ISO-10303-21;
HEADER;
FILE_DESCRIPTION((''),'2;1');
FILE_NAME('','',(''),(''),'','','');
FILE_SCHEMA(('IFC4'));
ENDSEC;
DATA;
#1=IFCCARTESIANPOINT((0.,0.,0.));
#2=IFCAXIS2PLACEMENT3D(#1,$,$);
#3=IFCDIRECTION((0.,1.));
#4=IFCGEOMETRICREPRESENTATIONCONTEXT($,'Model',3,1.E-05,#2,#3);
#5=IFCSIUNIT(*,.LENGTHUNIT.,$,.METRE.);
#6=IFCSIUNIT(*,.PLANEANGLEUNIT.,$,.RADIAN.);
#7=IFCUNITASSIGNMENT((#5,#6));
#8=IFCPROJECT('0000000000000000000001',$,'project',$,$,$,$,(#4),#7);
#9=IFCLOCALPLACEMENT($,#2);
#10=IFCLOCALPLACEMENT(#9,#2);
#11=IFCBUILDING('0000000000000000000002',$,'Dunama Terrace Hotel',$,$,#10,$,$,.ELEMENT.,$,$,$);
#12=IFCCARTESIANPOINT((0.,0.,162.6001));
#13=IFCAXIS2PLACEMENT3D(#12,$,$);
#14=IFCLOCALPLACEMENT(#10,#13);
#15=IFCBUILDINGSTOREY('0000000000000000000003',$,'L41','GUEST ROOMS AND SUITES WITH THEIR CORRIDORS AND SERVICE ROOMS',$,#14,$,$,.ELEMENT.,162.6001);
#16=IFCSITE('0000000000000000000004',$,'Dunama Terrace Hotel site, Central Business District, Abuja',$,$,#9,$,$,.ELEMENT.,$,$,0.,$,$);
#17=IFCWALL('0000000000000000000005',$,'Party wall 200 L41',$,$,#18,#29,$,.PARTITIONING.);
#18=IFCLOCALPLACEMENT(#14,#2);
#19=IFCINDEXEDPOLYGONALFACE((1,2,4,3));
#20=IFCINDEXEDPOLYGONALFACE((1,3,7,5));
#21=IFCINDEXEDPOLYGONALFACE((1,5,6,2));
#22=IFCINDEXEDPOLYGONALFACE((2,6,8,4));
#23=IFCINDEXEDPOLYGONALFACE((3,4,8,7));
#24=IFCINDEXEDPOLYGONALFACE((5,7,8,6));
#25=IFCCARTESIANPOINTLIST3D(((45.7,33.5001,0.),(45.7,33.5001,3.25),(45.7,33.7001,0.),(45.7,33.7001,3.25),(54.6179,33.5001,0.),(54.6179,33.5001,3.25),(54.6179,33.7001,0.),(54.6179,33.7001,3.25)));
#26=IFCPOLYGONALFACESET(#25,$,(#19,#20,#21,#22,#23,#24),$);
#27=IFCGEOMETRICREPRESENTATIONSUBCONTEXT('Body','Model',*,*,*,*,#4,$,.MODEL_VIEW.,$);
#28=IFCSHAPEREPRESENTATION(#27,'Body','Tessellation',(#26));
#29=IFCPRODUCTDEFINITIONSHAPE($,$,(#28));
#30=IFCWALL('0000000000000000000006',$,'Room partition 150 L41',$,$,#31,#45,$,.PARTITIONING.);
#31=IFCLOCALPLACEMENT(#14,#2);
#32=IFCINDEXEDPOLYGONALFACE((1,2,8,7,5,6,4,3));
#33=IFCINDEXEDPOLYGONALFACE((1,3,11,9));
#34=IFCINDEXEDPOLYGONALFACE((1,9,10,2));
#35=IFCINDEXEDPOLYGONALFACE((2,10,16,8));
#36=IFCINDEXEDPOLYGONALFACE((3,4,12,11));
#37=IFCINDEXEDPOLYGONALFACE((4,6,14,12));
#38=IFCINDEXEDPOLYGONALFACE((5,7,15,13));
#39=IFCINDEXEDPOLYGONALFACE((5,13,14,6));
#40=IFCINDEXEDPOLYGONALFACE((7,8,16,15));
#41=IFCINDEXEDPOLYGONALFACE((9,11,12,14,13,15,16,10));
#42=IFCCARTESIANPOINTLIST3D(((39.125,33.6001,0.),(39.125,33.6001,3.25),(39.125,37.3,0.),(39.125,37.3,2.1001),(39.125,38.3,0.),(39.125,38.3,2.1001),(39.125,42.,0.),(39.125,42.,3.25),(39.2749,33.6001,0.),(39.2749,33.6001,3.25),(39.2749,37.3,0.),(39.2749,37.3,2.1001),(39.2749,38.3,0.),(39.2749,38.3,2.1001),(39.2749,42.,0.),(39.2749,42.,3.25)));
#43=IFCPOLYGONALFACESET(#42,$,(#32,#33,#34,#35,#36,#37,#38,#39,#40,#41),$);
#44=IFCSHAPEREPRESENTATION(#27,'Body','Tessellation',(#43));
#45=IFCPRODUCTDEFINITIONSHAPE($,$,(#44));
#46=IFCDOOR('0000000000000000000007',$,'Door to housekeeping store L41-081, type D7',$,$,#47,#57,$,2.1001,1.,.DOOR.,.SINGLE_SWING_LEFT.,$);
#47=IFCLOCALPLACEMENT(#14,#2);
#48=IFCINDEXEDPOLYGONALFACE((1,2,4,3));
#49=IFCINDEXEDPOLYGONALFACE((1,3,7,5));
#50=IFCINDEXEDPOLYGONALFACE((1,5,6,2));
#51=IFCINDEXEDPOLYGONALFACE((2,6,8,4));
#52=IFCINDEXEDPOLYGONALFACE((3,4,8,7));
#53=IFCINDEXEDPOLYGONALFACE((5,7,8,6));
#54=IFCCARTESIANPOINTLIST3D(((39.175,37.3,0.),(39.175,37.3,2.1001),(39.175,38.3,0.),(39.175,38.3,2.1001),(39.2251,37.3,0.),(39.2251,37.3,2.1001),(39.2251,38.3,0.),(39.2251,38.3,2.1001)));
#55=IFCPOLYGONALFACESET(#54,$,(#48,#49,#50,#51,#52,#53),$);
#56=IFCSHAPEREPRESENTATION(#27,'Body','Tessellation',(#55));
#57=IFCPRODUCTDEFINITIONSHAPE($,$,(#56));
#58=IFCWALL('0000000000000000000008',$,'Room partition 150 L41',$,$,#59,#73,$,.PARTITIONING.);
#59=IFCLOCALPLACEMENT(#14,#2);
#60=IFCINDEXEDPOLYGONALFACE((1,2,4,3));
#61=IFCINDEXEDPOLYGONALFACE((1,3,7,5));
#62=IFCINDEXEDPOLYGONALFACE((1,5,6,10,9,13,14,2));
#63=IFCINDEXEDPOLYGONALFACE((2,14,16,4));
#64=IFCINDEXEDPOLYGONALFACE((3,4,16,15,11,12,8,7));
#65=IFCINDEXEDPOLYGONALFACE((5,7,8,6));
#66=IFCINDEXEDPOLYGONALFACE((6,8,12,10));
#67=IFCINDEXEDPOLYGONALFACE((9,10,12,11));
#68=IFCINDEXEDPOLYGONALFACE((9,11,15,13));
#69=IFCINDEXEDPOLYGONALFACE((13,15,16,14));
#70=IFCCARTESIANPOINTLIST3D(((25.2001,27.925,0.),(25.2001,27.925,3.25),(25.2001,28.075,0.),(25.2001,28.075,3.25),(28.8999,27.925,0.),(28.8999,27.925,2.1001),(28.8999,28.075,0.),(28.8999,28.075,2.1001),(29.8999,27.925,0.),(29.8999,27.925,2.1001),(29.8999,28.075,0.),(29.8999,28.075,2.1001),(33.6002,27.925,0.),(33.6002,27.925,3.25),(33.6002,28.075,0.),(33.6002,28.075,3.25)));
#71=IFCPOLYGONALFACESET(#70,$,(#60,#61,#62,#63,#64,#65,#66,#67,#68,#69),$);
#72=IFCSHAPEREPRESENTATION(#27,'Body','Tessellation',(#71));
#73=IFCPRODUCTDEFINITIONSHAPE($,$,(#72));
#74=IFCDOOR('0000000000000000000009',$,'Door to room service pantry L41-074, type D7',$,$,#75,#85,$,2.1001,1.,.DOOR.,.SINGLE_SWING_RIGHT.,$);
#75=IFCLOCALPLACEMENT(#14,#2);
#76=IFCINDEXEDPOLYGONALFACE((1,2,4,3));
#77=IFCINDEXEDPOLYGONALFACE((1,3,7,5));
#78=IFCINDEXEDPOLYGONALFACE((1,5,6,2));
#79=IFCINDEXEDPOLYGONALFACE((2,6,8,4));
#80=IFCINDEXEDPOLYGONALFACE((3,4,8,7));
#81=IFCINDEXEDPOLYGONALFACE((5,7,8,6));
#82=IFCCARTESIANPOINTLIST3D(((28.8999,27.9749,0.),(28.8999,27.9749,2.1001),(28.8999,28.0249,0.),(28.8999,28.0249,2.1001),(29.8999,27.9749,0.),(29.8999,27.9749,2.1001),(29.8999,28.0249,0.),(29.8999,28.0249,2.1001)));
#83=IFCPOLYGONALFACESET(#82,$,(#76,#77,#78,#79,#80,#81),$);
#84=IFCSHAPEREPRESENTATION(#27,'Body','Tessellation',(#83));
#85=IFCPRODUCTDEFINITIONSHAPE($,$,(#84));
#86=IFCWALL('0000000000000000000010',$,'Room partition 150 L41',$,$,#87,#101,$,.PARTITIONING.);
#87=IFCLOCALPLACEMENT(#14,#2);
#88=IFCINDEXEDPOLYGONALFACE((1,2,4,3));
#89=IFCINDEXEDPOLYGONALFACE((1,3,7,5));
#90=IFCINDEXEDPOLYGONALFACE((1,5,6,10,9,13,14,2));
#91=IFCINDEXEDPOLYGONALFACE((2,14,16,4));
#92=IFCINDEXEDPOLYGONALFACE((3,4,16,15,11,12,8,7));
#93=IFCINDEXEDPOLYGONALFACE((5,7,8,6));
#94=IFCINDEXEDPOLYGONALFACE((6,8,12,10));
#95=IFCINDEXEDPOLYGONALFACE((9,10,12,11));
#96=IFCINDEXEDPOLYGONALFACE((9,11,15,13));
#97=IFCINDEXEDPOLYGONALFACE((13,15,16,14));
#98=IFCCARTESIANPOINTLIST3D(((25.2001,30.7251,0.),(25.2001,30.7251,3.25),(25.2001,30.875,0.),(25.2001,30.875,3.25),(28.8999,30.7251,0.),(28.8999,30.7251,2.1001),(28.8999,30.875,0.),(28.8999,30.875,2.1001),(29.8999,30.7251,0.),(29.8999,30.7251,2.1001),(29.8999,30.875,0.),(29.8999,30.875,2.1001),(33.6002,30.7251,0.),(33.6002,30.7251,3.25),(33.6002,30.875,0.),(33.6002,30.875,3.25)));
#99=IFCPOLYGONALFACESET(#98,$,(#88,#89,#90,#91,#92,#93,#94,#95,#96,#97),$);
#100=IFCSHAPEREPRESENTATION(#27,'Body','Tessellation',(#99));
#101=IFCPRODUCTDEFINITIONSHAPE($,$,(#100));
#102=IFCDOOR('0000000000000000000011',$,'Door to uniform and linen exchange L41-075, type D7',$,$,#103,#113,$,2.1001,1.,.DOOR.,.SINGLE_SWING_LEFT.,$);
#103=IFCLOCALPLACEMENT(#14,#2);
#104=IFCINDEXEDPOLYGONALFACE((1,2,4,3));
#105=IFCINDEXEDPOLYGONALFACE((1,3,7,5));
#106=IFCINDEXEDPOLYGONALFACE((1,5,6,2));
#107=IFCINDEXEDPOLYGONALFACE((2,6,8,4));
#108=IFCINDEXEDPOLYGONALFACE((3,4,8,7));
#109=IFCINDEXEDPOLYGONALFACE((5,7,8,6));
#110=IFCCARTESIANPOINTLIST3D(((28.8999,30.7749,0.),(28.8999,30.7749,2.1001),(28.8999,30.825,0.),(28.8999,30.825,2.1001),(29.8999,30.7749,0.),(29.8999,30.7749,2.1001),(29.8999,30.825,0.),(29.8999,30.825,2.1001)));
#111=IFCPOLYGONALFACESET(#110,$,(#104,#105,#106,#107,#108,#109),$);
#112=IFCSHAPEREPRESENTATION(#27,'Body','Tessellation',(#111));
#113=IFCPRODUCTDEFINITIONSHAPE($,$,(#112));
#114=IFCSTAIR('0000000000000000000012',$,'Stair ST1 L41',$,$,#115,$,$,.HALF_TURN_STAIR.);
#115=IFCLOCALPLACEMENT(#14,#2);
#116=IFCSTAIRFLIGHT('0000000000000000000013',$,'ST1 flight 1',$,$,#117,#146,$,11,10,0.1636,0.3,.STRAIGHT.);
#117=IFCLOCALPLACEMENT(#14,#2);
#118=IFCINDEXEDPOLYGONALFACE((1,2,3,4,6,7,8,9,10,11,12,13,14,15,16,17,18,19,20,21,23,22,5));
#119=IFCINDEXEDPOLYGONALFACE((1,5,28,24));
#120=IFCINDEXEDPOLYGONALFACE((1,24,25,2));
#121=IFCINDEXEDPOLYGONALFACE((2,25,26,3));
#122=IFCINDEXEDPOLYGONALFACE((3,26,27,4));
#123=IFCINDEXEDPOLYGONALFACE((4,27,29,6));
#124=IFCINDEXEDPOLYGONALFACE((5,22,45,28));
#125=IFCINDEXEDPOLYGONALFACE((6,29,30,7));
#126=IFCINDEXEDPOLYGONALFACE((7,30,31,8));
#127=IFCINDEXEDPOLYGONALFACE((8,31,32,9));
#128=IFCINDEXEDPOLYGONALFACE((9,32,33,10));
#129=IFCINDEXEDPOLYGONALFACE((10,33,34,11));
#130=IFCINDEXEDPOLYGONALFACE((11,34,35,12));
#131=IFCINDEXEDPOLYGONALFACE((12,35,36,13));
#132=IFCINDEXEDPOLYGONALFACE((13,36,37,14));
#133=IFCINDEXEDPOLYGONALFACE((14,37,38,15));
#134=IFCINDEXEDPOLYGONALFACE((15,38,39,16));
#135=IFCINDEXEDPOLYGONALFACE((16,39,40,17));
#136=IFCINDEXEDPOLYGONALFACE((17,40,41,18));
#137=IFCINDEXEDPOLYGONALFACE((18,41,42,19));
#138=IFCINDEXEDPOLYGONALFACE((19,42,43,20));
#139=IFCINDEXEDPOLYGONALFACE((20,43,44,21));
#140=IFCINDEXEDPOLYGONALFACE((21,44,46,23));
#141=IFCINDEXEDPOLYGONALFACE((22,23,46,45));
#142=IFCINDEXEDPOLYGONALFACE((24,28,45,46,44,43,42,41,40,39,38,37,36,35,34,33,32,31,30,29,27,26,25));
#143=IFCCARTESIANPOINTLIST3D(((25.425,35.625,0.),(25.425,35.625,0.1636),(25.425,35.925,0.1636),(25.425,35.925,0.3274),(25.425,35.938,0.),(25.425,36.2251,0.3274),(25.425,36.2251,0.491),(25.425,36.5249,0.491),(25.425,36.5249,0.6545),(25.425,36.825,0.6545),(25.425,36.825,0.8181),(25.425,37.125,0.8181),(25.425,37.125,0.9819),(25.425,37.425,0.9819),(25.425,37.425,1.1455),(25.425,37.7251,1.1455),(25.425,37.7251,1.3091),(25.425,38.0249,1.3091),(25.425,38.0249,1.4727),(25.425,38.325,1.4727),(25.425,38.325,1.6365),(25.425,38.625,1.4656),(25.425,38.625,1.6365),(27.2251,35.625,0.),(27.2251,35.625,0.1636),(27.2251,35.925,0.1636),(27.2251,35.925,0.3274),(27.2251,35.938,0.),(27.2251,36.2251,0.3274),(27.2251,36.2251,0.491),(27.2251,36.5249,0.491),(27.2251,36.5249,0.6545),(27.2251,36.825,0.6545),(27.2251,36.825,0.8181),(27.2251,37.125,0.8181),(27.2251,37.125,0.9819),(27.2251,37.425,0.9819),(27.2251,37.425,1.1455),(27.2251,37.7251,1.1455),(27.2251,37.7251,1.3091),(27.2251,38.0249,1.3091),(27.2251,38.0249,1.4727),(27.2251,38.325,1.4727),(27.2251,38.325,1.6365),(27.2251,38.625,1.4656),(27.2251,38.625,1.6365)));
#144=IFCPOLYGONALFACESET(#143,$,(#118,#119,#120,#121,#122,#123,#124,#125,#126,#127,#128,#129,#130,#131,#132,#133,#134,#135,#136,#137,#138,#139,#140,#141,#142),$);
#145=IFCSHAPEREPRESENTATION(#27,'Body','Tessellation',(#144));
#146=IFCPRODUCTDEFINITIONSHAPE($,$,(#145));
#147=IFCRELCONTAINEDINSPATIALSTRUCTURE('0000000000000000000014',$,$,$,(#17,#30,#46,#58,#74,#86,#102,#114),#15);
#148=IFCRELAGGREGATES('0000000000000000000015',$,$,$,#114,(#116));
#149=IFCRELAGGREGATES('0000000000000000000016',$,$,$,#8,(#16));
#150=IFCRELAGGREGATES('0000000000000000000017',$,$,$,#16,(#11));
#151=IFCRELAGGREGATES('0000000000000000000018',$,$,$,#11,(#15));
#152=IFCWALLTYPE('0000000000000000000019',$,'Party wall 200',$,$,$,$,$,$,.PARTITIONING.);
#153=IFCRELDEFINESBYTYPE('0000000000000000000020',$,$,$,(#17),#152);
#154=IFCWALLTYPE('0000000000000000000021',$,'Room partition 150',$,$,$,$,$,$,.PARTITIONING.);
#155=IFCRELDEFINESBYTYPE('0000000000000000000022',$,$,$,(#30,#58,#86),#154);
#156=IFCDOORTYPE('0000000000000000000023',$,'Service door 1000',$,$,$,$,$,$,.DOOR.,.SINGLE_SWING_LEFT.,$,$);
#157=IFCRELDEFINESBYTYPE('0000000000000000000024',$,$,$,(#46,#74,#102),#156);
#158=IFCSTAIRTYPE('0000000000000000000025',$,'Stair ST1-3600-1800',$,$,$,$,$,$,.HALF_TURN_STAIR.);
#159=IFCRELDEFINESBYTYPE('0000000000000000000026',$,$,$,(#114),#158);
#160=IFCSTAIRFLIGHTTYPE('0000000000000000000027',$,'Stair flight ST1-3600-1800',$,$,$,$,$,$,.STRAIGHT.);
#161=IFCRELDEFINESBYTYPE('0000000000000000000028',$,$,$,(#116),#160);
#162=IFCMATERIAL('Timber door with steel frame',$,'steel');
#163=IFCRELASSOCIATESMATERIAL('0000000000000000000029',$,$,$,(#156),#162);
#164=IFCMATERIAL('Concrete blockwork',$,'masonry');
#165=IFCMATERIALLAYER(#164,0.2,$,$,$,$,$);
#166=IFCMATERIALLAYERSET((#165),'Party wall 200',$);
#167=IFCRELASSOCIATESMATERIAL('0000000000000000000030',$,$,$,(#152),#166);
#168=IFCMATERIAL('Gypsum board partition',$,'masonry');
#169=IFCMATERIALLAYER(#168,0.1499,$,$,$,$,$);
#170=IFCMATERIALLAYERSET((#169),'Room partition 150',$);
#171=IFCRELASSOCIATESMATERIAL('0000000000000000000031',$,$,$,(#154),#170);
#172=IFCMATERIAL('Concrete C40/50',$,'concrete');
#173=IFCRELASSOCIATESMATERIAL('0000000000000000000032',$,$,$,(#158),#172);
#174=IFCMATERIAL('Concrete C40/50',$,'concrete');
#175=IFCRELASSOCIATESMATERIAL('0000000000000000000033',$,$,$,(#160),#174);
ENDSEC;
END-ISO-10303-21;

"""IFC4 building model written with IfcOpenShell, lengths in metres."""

from ifc_helpers import new_model, si_unit, direction, frame, frame_2d, origin, place, context, subcontext, project, spatial, polyline, rectangle, outline, extrude, material, layer, layer_set, type_object, element, fill, aggregate, save


model = new_model("IFC4")

# Units and contexts
model_context = context("Model", 3, precision=1e-05, world=origin(), true_north=direction((0.0, 1.0)))
body_context = subcontext(model_context, "Body", "Model", "MODEL_VIEW")
ifc_project = project(units=[si_unit("LENGTHUNIT", "METRE"), si_unit("PLANEANGLEUNIT", "RADIAN")], contexts=[model_context])

# Site, building, storey
site_placement = place(None, origin())
site = spatial("IfcSite", under=ifc_project, at=site_placement, Name="Dunama Terrace Hotel site, Central Business District, Abuja", CompositionType="ELEMENT", RefElevation=0.0)
building_placement = place(site_placement, origin())
building = spatial("IfcBuilding", under=site, at=building_placement, Name="Dunama Terrace Hotel", CompositionType="ELEMENT")
storey_placement = place(building_placement, frame((0.0, 0.0, 162.6001)))
storey = spatial("IfcBuildingStorey", under=building, at=storey_placement, Name="L41", Description="GUEST ROOMS AND SUITES WITH THEIR CORRIDORS AND SERVICE ROOMS", CompositionType="ELEMENT", Elevation=162.6001)

# Shared definitions
ifc_material_1 = material(Name="Timber door with steel frame", Category="steel")
door_type_1 = type_object("IfcDoorType", Name="Service door 1000", OperationType="SINGLE_SWING_LEFT", PredefinedType="DOOR", material=ifc_material_1)

# Wall
ifc_material_2 = material(Name="Concrete blockwork", Category="masonry")
ifc_layer_1 = layer(ifc_material_2, 0.2)
ifc_layer_set_1 = layer_set([ifc_layer_1], Name="Party wall 200")
wall_type_1 = type_object("IfcWallType", Name="Party wall 200", PredefinedType="PARTITIONING", material=ifc_layer_set_1)
wall_1_placement = place(storey_placement, frame((45.7, 33.6001, 0.0), z_axis=(0.0, 0.0, 1.0), x_axis=(1.0, 0.0, 0.0)))
element("IfcWall", 1, at=wall_1_placement, inside=storey, type_object=wall_type_1, Name="Party wall 200 L41", PredefinedType="PARTITIONING", context=body_context, shape_type="SweptSolid", body=[
    extrude(rectangle(XDim=8.918, YDim=0.2, at=frame_2d((4.459, 0.0))), origin(), (0.0, 0.0, 1.0), 3.25),
])

# Walls, openings, doors
ifc_material_3 = material(Name="Gypsum board partition", Category="masonry")
ifc_layer_2 = layer(ifc_material_3, 0.1499)
ifc_layer_set_2 = layer_set([ifc_layer_2], Name="Room partition 150")
wall_type_2 = type_object("IfcWallType", Name="Room partition 150", PredefinedType="PARTITIONING", material=ifc_layer_set_2)
wall_2_placement = place(storey_placement, frame((39.2, 33.6001, 0.0), z_axis=(0.0, 0.0, 1.0), x_axis=(0.0, 1.0, 0.0)))
wall_2 = element("IfcWall", 2, at=wall_2_placement, inside=storey, type_object=wall_type_2, Name="Room partition 150 L41", PredefinedType="PARTITIONING", context=body_context, shape_type="SweptSolid", body=[
    extrude(rectangle(XDim=8.3999, YDim=0.1499, at=frame_2d((4.2, 0.0))), origin(), (0.0, 0.0, 1.0), 3.25),
])
opening_1_placement = place(wall_2_placement, frame((3.7, 0.0, 0.0)))
opening_1 = element("IfcOpeningElement", 3, at=opening_1_placement, cuts=wall_2, PredefinedType="OPENING", context=body_context, shape_type="SweptSolid", body=[
    extrude(rectangle(XDim=1.0, YDim=2.1001, at=frame_2d((0.5, 1.05))), frame((0.0, 0.085, 0.0), z_axis=(0.0, -1.0, 0.0), x_axis=(1.0, 0.0, 0.0)), (0.0, 0.0, 1.0), 0.1699),
])
door_1_placement = place(opening_1_placement, origin())
door_1 = element("IfcDoor", 4, at=door_1_placement, inside=storey, type_object=door_type_1, Name="Door to housekeeping store L41-081, type D7", OperationType="SINGLE_SWING_LEFT", OverallHeight=2.1001, OverallWidth=1.0, PredefinedType="DOOR", context=body_context, shape_type="SweptSolid", body=[
    extrude(rectangle(XDim=1.0, YDim=2.1001, at=frame_2d((0.5, 1.05))), frame((0.0, 0.0249, 0.0), z_axis=(0.0, -1.0, 0.0), x_axis=(1.0, 0.0, 0.0)), (0.0, 0.0, 1.0), 0.05),
])
fill(opening_1, door_1)
wall_3_placement = place(storey_placement, frame((25.2, 28.0, 0.0), z_axis=(0.0, 0.0, 1.0), x_axis=(1.0, 0.0, 0.0)))
wall_3 = element("IfcWall", 5, at=wall_3_placement, inside=storey, type_object=wall_type_2, Name="Room partition 150 L41", PredefinedType="PARTITIONING", context=body_context, shape_type="SweptSolid", body=[
    extrude(rectangle(XDim=8.4001, YDim=0.1499, at=frame_2d((4.2002, 0.0))), origin(), (0.0, 0.0, 1.0), 3.25),
])
opening_2_placement = place(wall_3_placement, frame((3.7, 0.0, 0.0)))
opening_2 = element("IfcOpeningElement", 6, at=opening_2_placement, cuts=wall_3, PredefinedType="OPENING", context=body_context, shape_type="SweptSolid", body=[
    extrude(rectangle(XDim=1.0, YDim=2.1001, at=frame_2d((0.5, 1.05))), frame((0.0, 0.085, 0.0), z_axis=(0.0, -1.0, 0.0), x_axis=(1.0, 0.0, 0.0)), (0.0, 0.0, 1.0), 0.1699),
])
door_2_placement = place(opening_2_placement, frame((1.0, 0.0, 0.0), z_axis=(0.0, 0.0, 1.0), x_axis=(-1.0, 0.0, 0.0)))
door_2 = element("IfcDoor", 7, at=door_2_placement, inside=storey, type_object=door_type_1, Name="Door to room service pantry L41-074, type D7", OperationType="SINGLE_SWING_RIGHT", OverallHeight=2.1001, OverallWidth=1.0, PredefinedType="DOOR", context=body_context, shape_type="SweptSolid", body=[
    extrude(rectangle(XDim=1.0, YDim=2.1001, at=frame_2d((0.5, 1.05))), frame((0.0, 0.0251, 0.0), z_axis=(0.0, -1.0, 0.0), x_axis=(1.0, 0.0, 0.0)), (0.0, 0.0, 1.0), 0.05),
])
fill(opening_2, door_2)
wall_4_placement = place(storey_placement, frame((25.2, 30.8, 0.0), z_axis=(0.0, 0.0, 1.0), x_axis=(1.0, 0.0, 0.0)))
wall_4 = element("IfcWall", 8, at=wall_4_placement, inside=storey, type_object=wall_type_2, Name="Room partition 150 L41", PredefinedType="PARTITIONING", context=body_context, shape_type="SweptSolid", body=[
    extrude(rectangle(XDim=8.4001, YDim=0.1499, at=frame_2d((4.2002, 0.0))), origin(), (0.0, 0.0, 1.0), 3.25),
])
opening_3_placement = place(wall_4_placement, frame((3.7, 0.0, 0.0)))
opening_3 = element("IfcOpeningElement", 9, at=opening_3_placement, cuts=wall_4, PredefinedType="OPENING", context=body_context, shape_type="SweptSolid", body=[
    extrude(rectangle(XDim=1.0, YDim=2.1001, at=frame_2d((0.5, 1.05))), frame((0.0, 0.085, 0.0), z_axis=(0.0, -1.0, 0.0), x_axis=(1.0, 0.0, 0.0)), (0.0, 0.0, 1.0), 0.1699),
])
door_3_placement = place(opening_3_placement, origin())
door_3 = element("IfcDoor", 10, at=door_3_placement, inside=storey, type_object=door_type_1, Name="Door to uniform and linen exchange L41-075, type D7", OperationType="SINGLE_SWING_LEFT", OverallHeight=2.1001, OverallWidth=1.0, PredefinedType="DOOR", context=body_context, shape_type="SweptSolid", body=[
    extrude(rectangle(XDim=1.0, YDim=2.1001, at=frame_2d((0.5, 1.05))), frame((0.0, 0.0249, 0.0), z_axis=(0.0, -1.0, 0.0), x_axis=(1.0, 0.0, 0.0)), (0.0, 0.0, 1.0), 0.05),
])
fill(opening_3, door_3)

# Stair, stair flight
ifc_material_4 = material(Name="Concrete C40/50", Category="concrete")
stair_type = type_object("IfcStairType", Name="Stair ST1-3600-1800", PredefinedType="HALF_TURN_STAIR", material=ifc_material_4)
stair_placement = place(storey_placement, origin())
stair = element("IfcStair", 11, at=stair_placement, inside=storey, type_object=stair_type, Name="Stair ST1 L41", PredefinedType="HALF_TURN_STAIR")
ifc_material_5 = material(Name="Concrete C40/50", Category="concrete")
stair_flight_type = type_object("IfcStairFlightType", Name="Stair flight ST1-3600-1800", PredefinedType="STRAIGHT", material=ifc_material_5)
stair_flight_placement = place(storey_placement, frame((26.325, 35.625, 0.0), z_axis=(0.0, 0.0, 1.0), x_axis=(0.0, 1.0, 0.0)))
stair_flight = element("IfcStairFlight", 12, at=stair_flight_placement, type_object=stair_flight_type, Name="ST1 flight 1", NumberOfRisers=11, NumberOfTreads=10, PredefinedType="STRAIGHT", RiserHeight=0.1636, TreadLength=0.3, context=body_context, shape_type="SweptSolid", body=[
    extrude(outline(polyline([(0.0, 0.0), (0.0, 0.1636), (0.3, 0.1636), (0.3, 0.3274), (0.6001, 0.3274), (0.6001, 0.491), (0.8999, 0.491), (0.8999, 0.6545), (1.2, 0.6545), (1.2, 0.8181), (1.5, 0.8181), (1.5, 0.9819), (1.8, 0.9819), (1.8, 1.1455), (2.1001, 1.1455), (2.1001, 1.3091), (2.3999, 1.3091), (2.3999, 1.4727), (2.7, 1.4727), (2.7, 1.6365), (3.0, 1.6365), (3.0, 1.8), (3.0, 1.4656), (0.313, 0.0), (0.0, 0.0)])), frame((0.0, 0.8999, 0.0), z_axis=(0.0, -1.0, 0.0), x_axis=(1.0, 0.0, 0.0)), (0.0, 0.0, 1.0), 1.8),
])
aggregate(stair, [stair_flight])

save(model, "model.ifc")
